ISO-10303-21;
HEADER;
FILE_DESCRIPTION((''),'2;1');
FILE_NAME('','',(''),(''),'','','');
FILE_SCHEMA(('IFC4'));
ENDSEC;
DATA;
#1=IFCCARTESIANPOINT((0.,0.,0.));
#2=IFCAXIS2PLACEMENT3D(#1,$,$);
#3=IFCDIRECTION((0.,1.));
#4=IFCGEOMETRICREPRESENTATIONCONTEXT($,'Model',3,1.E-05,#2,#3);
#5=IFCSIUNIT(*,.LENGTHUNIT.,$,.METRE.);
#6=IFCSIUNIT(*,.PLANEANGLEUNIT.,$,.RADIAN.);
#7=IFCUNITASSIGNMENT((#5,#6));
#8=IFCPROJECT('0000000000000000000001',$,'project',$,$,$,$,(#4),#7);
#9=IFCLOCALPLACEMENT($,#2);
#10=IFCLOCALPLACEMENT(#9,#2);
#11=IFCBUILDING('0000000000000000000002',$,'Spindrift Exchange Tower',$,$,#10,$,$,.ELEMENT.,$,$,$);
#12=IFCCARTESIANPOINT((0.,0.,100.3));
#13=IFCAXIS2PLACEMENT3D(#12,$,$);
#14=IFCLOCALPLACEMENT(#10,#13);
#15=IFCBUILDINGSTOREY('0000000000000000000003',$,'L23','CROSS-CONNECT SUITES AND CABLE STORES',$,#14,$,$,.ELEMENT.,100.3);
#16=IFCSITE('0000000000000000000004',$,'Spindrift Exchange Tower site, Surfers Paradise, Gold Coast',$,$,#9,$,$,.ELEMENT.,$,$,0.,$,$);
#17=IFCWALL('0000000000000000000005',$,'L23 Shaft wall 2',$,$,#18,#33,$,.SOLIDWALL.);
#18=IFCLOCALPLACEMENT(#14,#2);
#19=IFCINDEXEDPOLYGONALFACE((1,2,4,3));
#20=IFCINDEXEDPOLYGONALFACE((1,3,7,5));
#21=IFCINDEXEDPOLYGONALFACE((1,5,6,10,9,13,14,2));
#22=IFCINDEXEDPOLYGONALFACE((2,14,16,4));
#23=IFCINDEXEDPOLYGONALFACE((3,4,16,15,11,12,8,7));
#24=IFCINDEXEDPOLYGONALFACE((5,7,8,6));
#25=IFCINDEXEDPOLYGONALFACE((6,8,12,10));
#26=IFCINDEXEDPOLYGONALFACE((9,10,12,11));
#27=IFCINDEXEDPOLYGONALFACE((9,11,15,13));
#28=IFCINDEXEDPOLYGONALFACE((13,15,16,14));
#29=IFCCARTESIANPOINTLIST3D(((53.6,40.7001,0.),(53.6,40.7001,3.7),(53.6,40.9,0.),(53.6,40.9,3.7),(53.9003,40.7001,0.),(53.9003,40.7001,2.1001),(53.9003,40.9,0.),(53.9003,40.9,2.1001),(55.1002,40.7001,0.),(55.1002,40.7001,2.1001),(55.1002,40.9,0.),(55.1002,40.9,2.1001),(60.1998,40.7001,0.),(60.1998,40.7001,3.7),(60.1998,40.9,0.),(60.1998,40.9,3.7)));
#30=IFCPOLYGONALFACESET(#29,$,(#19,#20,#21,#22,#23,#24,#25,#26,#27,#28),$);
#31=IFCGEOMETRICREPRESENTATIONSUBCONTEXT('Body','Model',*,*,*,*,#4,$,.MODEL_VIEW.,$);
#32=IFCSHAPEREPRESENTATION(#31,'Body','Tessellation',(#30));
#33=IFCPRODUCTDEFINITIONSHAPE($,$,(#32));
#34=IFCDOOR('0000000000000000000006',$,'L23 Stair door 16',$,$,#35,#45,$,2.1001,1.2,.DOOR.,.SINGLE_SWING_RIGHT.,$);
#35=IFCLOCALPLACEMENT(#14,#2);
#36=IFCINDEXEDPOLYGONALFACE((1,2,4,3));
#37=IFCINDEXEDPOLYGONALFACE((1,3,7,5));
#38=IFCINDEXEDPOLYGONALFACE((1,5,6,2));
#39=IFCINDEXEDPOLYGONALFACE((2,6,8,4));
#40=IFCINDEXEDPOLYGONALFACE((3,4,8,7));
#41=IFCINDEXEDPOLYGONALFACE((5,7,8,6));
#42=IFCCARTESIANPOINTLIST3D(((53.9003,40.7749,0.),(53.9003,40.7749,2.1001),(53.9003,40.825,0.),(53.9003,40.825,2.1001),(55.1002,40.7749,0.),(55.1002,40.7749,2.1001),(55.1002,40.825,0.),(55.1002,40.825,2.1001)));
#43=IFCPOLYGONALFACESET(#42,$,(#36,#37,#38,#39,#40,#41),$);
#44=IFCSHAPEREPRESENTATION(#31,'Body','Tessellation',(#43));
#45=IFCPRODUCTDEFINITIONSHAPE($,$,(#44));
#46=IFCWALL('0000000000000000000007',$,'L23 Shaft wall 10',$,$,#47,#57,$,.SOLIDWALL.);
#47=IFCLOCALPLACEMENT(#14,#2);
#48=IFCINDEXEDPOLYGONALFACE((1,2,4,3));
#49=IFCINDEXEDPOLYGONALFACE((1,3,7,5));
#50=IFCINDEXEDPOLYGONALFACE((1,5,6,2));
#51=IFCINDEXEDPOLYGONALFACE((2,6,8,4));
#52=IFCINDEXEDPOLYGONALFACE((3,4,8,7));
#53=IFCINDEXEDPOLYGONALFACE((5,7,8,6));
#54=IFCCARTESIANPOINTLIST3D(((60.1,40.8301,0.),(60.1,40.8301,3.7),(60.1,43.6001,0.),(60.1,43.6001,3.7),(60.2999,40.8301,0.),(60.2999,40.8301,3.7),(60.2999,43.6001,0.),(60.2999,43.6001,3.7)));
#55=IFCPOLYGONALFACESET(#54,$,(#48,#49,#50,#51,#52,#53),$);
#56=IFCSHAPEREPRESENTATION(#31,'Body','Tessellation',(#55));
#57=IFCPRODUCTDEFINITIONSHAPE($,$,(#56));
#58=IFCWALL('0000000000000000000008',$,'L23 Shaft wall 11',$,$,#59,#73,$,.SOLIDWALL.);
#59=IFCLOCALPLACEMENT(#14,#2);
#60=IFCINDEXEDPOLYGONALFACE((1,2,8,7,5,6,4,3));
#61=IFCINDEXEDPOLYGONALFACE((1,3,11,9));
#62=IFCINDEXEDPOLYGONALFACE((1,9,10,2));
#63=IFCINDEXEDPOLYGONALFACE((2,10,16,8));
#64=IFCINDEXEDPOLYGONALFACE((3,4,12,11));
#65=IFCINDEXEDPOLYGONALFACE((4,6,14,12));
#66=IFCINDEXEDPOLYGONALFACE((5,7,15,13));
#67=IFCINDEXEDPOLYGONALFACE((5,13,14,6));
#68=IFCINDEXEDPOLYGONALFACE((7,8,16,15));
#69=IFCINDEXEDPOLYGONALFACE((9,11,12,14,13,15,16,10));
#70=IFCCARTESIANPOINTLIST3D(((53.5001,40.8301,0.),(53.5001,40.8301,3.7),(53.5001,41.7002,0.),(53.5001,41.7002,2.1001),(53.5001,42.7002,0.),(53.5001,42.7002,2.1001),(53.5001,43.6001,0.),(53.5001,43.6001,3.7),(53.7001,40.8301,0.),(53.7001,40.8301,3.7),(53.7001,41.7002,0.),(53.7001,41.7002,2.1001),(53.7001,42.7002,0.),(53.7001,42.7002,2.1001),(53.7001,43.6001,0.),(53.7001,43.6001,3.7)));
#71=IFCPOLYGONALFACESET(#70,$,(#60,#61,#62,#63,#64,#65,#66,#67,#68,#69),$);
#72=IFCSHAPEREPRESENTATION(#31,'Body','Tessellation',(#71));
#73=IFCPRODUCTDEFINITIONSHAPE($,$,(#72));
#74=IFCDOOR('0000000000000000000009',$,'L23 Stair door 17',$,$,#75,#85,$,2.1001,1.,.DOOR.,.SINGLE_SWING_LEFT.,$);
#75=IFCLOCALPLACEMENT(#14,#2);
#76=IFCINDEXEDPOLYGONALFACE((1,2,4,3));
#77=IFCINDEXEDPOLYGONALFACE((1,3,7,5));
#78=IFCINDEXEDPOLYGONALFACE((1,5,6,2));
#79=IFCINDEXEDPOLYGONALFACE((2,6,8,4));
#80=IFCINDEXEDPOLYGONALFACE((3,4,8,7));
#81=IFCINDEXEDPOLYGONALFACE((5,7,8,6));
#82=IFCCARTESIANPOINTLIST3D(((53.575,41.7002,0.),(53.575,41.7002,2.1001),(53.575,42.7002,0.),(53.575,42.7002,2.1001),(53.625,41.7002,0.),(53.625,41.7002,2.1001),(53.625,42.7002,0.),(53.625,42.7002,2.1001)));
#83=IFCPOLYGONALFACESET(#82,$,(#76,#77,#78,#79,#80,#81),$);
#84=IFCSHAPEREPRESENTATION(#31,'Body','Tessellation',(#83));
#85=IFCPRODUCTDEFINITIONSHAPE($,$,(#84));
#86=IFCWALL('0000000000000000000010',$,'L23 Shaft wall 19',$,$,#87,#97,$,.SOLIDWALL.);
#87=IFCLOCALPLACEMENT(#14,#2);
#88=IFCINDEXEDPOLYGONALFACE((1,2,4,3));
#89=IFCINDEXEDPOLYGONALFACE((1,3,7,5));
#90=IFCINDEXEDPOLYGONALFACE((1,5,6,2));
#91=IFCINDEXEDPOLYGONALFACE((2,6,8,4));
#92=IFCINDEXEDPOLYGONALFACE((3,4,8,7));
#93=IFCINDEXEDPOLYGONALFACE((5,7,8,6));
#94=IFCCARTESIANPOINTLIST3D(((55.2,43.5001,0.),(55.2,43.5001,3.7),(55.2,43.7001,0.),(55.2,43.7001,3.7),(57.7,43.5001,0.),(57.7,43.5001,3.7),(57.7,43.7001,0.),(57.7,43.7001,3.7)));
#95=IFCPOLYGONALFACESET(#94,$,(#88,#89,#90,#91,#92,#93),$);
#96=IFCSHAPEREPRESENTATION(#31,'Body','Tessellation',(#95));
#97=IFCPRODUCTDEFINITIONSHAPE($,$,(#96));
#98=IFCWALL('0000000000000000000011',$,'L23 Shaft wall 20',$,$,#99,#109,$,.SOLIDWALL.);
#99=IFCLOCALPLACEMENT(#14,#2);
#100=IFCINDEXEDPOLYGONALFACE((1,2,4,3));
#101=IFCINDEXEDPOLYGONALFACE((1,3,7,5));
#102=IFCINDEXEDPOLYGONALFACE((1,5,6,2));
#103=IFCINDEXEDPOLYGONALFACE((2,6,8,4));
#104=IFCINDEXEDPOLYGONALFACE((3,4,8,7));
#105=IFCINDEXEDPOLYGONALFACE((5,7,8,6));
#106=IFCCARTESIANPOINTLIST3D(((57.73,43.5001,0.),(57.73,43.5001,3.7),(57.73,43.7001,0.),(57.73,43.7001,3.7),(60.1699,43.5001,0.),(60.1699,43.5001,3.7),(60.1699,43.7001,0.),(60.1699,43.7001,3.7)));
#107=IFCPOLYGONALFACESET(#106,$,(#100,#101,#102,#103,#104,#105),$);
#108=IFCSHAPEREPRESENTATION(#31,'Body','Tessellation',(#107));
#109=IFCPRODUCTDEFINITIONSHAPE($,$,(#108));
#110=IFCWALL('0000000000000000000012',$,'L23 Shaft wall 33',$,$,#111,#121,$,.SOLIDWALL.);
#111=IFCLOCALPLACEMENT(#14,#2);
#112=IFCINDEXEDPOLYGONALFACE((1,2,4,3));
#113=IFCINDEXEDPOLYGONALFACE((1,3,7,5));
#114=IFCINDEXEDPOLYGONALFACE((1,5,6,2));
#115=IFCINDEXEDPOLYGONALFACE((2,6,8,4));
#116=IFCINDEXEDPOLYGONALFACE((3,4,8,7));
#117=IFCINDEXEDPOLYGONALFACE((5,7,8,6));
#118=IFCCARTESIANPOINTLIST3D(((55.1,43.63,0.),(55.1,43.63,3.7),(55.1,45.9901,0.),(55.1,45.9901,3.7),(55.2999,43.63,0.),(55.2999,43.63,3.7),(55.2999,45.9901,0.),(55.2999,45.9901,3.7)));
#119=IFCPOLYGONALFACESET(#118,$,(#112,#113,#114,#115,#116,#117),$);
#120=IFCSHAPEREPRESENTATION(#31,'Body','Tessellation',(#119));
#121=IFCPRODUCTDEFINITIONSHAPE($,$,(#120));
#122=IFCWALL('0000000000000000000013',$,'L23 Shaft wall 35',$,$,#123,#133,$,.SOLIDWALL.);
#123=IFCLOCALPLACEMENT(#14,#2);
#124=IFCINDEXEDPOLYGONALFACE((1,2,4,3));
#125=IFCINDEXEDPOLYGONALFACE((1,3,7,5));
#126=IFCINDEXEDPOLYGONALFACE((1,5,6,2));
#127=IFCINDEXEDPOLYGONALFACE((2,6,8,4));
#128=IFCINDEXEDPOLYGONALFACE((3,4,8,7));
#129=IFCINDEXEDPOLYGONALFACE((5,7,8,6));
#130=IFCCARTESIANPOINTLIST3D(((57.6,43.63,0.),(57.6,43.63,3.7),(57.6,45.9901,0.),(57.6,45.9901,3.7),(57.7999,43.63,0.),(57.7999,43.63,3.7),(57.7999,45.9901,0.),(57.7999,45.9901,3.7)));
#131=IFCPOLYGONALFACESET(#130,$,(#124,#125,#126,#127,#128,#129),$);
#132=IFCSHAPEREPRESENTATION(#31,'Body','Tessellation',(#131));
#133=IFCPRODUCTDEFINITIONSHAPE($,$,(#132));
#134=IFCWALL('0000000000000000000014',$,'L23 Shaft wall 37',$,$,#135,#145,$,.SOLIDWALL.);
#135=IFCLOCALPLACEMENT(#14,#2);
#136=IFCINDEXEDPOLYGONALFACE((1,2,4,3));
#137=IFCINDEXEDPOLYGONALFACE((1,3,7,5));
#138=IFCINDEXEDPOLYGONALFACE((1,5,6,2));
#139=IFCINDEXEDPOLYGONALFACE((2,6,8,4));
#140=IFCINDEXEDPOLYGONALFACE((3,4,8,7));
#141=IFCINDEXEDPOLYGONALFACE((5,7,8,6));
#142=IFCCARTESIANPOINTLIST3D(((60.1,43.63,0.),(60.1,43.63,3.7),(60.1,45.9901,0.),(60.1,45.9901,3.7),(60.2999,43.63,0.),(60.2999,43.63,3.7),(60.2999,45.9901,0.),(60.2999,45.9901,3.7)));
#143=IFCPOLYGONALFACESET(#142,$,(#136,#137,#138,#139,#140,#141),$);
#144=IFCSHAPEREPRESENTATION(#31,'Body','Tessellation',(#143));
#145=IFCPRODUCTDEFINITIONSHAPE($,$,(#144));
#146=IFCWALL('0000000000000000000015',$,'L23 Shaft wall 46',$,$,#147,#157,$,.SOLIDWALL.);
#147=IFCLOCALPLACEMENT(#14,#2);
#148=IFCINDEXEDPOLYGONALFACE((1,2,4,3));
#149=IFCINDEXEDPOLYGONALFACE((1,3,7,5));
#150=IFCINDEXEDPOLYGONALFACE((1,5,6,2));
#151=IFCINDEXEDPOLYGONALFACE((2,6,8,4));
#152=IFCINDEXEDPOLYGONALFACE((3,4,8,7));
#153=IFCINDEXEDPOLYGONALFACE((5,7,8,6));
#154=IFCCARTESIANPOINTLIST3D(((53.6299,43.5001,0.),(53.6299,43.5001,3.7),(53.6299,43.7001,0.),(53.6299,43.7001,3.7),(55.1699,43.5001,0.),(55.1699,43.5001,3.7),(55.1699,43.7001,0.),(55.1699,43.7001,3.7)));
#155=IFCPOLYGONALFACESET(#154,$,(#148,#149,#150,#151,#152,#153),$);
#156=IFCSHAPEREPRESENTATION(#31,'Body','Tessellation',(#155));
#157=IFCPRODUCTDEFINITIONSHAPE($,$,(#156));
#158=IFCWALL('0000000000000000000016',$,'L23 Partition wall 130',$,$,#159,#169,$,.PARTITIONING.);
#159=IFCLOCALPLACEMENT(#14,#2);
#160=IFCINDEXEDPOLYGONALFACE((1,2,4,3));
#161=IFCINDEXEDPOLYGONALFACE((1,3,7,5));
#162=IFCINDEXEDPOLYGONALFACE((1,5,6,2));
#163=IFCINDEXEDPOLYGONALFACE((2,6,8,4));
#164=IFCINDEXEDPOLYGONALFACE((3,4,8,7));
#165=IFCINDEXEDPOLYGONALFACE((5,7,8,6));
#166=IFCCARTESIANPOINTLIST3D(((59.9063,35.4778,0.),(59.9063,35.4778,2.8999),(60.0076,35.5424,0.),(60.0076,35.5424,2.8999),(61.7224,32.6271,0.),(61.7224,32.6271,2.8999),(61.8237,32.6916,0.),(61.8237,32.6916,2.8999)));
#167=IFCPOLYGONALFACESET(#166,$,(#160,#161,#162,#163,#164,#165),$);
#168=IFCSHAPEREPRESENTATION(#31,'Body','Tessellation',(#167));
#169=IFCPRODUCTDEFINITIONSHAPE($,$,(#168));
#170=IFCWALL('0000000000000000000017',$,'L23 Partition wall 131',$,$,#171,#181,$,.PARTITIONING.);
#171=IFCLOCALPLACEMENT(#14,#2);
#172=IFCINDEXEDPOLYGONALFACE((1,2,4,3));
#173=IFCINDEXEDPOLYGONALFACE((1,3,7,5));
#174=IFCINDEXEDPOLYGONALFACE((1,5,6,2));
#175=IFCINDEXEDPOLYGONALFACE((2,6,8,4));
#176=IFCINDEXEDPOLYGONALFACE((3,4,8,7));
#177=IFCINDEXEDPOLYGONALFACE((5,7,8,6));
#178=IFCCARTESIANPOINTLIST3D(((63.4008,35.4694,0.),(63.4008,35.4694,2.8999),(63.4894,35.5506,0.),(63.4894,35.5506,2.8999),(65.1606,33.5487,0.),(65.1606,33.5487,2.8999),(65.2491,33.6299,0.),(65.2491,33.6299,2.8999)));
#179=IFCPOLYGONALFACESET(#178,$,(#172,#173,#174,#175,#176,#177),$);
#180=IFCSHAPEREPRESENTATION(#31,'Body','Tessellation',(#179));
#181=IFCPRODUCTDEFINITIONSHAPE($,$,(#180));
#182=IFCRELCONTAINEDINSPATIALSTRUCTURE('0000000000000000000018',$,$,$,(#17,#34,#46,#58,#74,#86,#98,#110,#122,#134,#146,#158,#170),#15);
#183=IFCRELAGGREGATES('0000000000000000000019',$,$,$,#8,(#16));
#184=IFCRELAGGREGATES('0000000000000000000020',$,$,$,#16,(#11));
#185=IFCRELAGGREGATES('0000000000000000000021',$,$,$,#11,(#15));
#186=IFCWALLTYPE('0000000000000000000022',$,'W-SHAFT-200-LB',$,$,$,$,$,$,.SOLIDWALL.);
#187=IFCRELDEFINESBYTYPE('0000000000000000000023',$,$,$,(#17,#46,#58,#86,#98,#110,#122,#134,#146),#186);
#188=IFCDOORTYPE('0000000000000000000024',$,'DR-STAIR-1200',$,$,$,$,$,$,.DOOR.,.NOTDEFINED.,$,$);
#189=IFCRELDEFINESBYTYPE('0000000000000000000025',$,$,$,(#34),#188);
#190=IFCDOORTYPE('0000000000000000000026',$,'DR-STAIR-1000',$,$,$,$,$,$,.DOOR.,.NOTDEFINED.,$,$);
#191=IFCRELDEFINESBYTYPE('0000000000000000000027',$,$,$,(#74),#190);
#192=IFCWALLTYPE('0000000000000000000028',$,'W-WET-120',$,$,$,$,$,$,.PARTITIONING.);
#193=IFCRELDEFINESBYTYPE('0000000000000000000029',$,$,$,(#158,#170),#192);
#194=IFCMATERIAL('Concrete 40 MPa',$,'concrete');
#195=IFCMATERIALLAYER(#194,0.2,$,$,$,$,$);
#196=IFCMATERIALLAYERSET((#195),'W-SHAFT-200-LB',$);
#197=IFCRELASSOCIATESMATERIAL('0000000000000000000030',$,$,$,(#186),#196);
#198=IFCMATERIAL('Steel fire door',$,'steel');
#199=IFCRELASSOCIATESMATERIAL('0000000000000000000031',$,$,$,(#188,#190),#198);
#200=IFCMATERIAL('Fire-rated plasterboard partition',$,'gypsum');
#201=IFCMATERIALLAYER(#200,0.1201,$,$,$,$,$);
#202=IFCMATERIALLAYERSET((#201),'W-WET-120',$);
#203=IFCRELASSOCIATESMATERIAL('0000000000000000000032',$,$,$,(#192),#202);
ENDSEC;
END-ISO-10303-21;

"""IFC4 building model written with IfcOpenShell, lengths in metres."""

from ifc_helpers import new_model, si_unit, direction, frame, frame_2d, origin, place, context, subcontext, project, spatial, rectangle, extrude, source, transform, mapped, material, layer, layer_set, type_object, element, fill, save


model = new_model("IFC4")

# Units and contexts
model_context = context("Model", 3, precision=1e-05, world=origin(), true_north=direction((0.0, 1.0)))
body_context = subcontext(model_context, "Body", "Model", "MODEL_VIEW")
ifc_project = project(units=[si_unit("LENGTHUNIT", "METRE"), si_unit("PLANEANGLEUNIT", "RADIAN")], contexts=[model_context])

# Site, building, storey
site_placement = place(None, origin())
site = spatial("IfcSite", under=ifc_project, at=site_placement, Name="Spindrift Exchange Tower site, Surfers Paradise, Gold Coast", CompositionType="ELEMENT", RefElevation=0.0)
building_placement = place(site_placement, origin())
building = spatial("IfcBuilding", under=site, at=building_placement, Name="Spindrift Exchange Tower", CompositionType="ELEMENT")
storey_placement = place(building_placement, frame((0.0, 0.0, 100.3)))
storey = spatial("IfcBuildingStorey", under=building, at=storey_placement, Name="L23", Description="CROSS-CONNECT SUITES AND CABLE STORES", CompositionType="ELEMENT", Elevation=100.3)

# Shared definitions
ifc_material_1 = material(Name="Fire-rated plasterboard partition", Category="gypsum")

# Wall, opening, door
ifc_material_2 = material(Name="Concrete 40 MPa", Category="concrete")
ifc_layer_1 = layer(ifc_material_2, 0.2)
ifc_layer_set_1 = layer_set([ifc_layer_1], Name="W-SHAFT-200-LB")
wall_type_1 = type_object("IfcWallType", Name="W-SHAFT-200-LB", PredefinedType="SOLIDWALL", material=ifc_layer_set_1)
wall_1_placement = place(storey_placement, frame((53.6001, 40.8, 0.0), z_axis=(0.0, 0.0, 1.0), x_axis=(1.0, 0.0, 0.0)))
wall_1 = element("IfcWall", 1, at=wall_1_placement, inside=storey, type_object=wall_type_1, Name="L23 Shaft wall 2", PredefinedType="SOLIDWALL", context=body_context, shape_type="SweptSolid", body=[
    extrude(rectangle(XDim=6.5999, YDim=0.2, at=frame_2d((3.2998, 0.0))), origin(), (0.0, 0.0, 1.0), 3.7),
])
opening_1_placement = place(wall_1_placement, frame((0.3, 0.0, 0.0)))
opening_1 = element("IfcOpeningElement", 2, at=opening_1_placement, cuts=wall_1, PredefinedType="OPENING", context=body_context, shape_type="SweptSolid", body=[
    extrude(rectangle(XDim=1.2, YDim=2.1001, at=frame_2d((0.6001, 1.05))), frame((0.0, 0.1099, 0.0), z_axis=(0.0, -1.0, 0.0), x_axis=(1.0, 0.0, 0.0)), (0.0, 0.0, 1.0), 0.22),
])
ifc_material_3 = material(Name="Steel fire door", Category="steel")
door_type_1 = type_object("IfcDoorType", Name="DR-STAIR-1200", OperationType="NOTDEFINED", PredefinedType="DOOR", material=ifc_material_3)
shared_shape_1 = source(origin(), body_context, "Body", "SweptSolid", [
    extrude(rectangle(XDim=1.2, YDim=2.1001, at=frame_2d((0.6001, 1.05))), frame((0.0, 0.0249, 0.0), z_axis=(0.0, -1.0, 0.0), x_axis=(1.0, 0.0, 0.0)), (0.0, 0.0, 1.0), 0.05),
])
door_1_placement = place(opening_1_placement, origin())
door_1 = element("IfcDoor", 3, at=door_1_placement, inside=storey, type_object=door_type_1, Name="L23 Stair door 16", OperationType="SINGLE_SWING_RIGHT", OverallHeight=2.1001, OverallWidth=1.2, PredefinedType="DOOR", context=body_context, shape_type="MappedRepresentation", body=[
    mapped(shared_shape_1, transform((0.0, 0.0, 0.0), scale=1.0)),
])
fill(opening_1, door_1)

# Wall
wall_2_placement = place(storey_placement, frame((60.2, 40.8301, 0.0), z_axis=(0.0, 0.0, 1.0), x_axis=(0.0, 1.0, 0.0)))
element("IfcWall", 4, at=wall_2_placement, inside=storey, type_object=wall_type_1, Name="L23 Shaft wall 10", PredefinedType="SOLIDWALL", context=body_context, shape_type="SweptSolid", body=[
    extrude(rectangle(XDim=2.77, YDim=0.2, at=frame_2d((1.385, 0.0))), origin(), (0.0, 0.0, 1.0), 3.7),
])

# Wall, opening, door
wall_3_placement = place(storey_placement, frame((53.6001, 43.6001, 0.0), z_axis=(0.0, 0.0, 1.0), x_axis=(0.0, -1.0, 0.0)))
wall_3 = element("IfcWall", 5, at=wall_3_placement, inside=storey, type_object=wall_type_1, Name="L23 Shaft wall 11", PredefinedType="SOLIDWALL", context=body_context, shape_type="SweptSolid", body=[
    extrude(rectangle(XDim=2.77, YDim=0.2, at=frame_2d((1.385, 0.0))), origin(), (0.0, 0.0, 1.0), 3.7),
])
opening_2_placement = place(wall_3_placement, frame((0.8999, 0.0, 0.0)))
opening_2 = element("IfcOpeningElement", 6, at=opening_2_placement, cuts=wall_3, PredefinedType="OPENING", context=body_context, shape_type="SweptSolid", body=[
    extrude(rectangle(XDim=1.0, YDim=2.1001, at=frame_2d((0.5, 1.05))), frame((0.0, 0.1099, 0.0), z_axis=(0.0, -1.0, 0.0), x_axis=(1.0, 0.0, 0.0)), (0.0, 0.0, 1.0), 0.22),
])
door_type_2 = type_object("IfcDoorType", Name="DR-STAIR-1000", OperationType="NOTDEFINED", PredefinedType="DOOR", material=ifc_material_3)
shared_shape_2 = source(origin(), body_context, "Body", "SweptSolid", [
    extrude(rectangle(XDim=1.0, YDim=2.1001, at=frame_2d((0.5, 1.05))), frame((0.0, 0.0249, 0.0), z_axis=(0.0, -1.0, 0.0), x_axis=(1.0, 0.0, 0.0)), (0.0, 0.0, 1.0), 0.05),
])
door_2_placement = place(opening_2_placement, origin())
door_2 = element("IfcDoor", 7, at=door_2_placement, inside=storey, type_object=door_type_2, Name="L23 Stair door 17", OperationType="SINGLE_SWING_LEFT", OverallHeight=2.1001, OverallWidth=1.0, PredefinedType="DOOR", context=body_context, shape_type="MappedRepresentation", body=[
    mapped(shared_shape_2, transform((0.0, 0.0, 0.0), scale=1.0)),
])
fill(opening_2, door_2)

# Walls
wall_4_placement = place(storey_placement, frame((55.2, 43.6001, 0.0), z_axis=(0.0, 0.0, 1.0), x_axis=(1.0, 0.0, 0.0)))
element("IfcWall", 8, at=wall_4_placement, inside=storey, type_object=wall_type_1, Name="L23 Shaft wall 19", PredefinedType="SOLIDWALL", context=body_context, shape_type="SweptSolid", body=[
    extrude(rectangle(XDim=2.5, YDim=0.2, at=frame_2d((1.25, 0.0))), origin(), (0.0, 0.0, 1.0), 3.7),
])
wall_5_placement = place(storey_placement, frame((57.73, 43.6001, 0.0), z_axis=(0.0, 0.0, 1.0), x_axis=(1.0, 0.0, 0.0)))
element("IfcWall", 9, at=wall_5_placement, inside=storey, type_object=wall_type_1, Name="L23 Shaft wall 20", PredefinedType="SOLIDWALL", context=body_context, shape_type="SweptSolid", body=[
    extrude(rectangle(XDim=2.4399, YDim=0.2, at=frame_2d((1.22, 0.0))), origin(), (0.0, 0.0, 1.0), 3.7),
])
for number, where, z_axis, x_axis, name in (
    (10, (55.2, 43.6299, 0.0), (0.0, 0.0, 1.0), (0.0, 1.0, 0.0), "L23 Shaft wall 33"),
    (11, (57.7, 43.6299, 0.0), (0.0, 0.0, 1.0), (0.0, 1.0, 0.0), "L23 Shaft wall 35"),
    (12, (60.2, 43.6299, 0.0), (0.0, 0.0, 1.0), (0.0, 1.0, 0.0), "L23 Shaft wall 37"),
):
    element("IfcWall", number, at=place(storey_placement, frame(where, z_axis=z_axis, x_axis=x_axis)), inside=storey, type_object=wall_type_1, Name=name, PredefinedType="SOLIDWALL", context=body_context, shape_type="SweptSolid", body=[
        extrude(rectangle(XDim=2.3601, YDim=0.2, at=frame_2d((1.1802, 0.0))), origin(), (0.0, 0.0, 1.0), 3.7),
    ])
wall_6_placement = place(storey_placement, frame((53.6299, 43.6001, 0.0), z_axis=(0.0, 0.0, 1.0), x_axis=(1.0, 0.0, 0.0)))
element("IfcWall", 13, at=wall_6_placement, inside=storey, type_object=wall_type_1, Name="L23 Shaft wall 46", PredefinedType="SOLIDWALL", context=body_context, shape_type="SweptSolid", body=[
    extrude(rectangle(XDim=1.54, YDim=0.2, at=frame_2d((0.77, 0.0))), origin(), (0.0, 0.0, 1.0), 3.7),
])
ifc_layer_2 = layer(ifc_material_1, 0.1201)
ifc_layer_set_2 = layer_set([ifc_layer_2], Name="W-WET-120")
wall_type_2 = type_object("IfcWallType", Name="W-WET-120", PredefinedType="PARTITIONING", material=ifc_layer_set_2)
wall_7_placement = place(storey_placement, frame((59.957, 35.51, 0.0), z_axis=(0.0, 0.0, 1.0), x_axis=(0.537296, -0.843394, 0.0)))
element("IfcWall", 14, at=wall_7_placement, inside=storey, type_object=wall_type_2, Name="L23 Partition wall 130", PredefinedType="PARTITIONING", context=body_context, shape_type="SweptSolid", body=[
    extrude(rectangle(XDim=3.3801, YDim=0.1201, at=frame_2d((1.6899, 0.0))), origin(), (0.0, 0.0, 1.0), 2.8999),
])
wall_8_placement = place(storey_placement, frame((63.4451, 35.51, 0.0), z_axis=(0.0, 0.0, 1.0), x_axis=(0.675551, -0.737314, 0.0)))
element("IfcWall", 15, at=wall_8_placement, inside=storey, type_object=wall_type_2, Name="L23 Partition wall 131", PredefinedType="PARTITIONING", context=body_context, shape_type="SweptSolid", body=[
    extrude(rectangle(XDim=2.605, YDim=0.1201, at=frame_2d((1.3025, 0.0))), origin(), (0.0, 0.0, 1.0), 2.8999),
])

save(model, "model.ifc")
